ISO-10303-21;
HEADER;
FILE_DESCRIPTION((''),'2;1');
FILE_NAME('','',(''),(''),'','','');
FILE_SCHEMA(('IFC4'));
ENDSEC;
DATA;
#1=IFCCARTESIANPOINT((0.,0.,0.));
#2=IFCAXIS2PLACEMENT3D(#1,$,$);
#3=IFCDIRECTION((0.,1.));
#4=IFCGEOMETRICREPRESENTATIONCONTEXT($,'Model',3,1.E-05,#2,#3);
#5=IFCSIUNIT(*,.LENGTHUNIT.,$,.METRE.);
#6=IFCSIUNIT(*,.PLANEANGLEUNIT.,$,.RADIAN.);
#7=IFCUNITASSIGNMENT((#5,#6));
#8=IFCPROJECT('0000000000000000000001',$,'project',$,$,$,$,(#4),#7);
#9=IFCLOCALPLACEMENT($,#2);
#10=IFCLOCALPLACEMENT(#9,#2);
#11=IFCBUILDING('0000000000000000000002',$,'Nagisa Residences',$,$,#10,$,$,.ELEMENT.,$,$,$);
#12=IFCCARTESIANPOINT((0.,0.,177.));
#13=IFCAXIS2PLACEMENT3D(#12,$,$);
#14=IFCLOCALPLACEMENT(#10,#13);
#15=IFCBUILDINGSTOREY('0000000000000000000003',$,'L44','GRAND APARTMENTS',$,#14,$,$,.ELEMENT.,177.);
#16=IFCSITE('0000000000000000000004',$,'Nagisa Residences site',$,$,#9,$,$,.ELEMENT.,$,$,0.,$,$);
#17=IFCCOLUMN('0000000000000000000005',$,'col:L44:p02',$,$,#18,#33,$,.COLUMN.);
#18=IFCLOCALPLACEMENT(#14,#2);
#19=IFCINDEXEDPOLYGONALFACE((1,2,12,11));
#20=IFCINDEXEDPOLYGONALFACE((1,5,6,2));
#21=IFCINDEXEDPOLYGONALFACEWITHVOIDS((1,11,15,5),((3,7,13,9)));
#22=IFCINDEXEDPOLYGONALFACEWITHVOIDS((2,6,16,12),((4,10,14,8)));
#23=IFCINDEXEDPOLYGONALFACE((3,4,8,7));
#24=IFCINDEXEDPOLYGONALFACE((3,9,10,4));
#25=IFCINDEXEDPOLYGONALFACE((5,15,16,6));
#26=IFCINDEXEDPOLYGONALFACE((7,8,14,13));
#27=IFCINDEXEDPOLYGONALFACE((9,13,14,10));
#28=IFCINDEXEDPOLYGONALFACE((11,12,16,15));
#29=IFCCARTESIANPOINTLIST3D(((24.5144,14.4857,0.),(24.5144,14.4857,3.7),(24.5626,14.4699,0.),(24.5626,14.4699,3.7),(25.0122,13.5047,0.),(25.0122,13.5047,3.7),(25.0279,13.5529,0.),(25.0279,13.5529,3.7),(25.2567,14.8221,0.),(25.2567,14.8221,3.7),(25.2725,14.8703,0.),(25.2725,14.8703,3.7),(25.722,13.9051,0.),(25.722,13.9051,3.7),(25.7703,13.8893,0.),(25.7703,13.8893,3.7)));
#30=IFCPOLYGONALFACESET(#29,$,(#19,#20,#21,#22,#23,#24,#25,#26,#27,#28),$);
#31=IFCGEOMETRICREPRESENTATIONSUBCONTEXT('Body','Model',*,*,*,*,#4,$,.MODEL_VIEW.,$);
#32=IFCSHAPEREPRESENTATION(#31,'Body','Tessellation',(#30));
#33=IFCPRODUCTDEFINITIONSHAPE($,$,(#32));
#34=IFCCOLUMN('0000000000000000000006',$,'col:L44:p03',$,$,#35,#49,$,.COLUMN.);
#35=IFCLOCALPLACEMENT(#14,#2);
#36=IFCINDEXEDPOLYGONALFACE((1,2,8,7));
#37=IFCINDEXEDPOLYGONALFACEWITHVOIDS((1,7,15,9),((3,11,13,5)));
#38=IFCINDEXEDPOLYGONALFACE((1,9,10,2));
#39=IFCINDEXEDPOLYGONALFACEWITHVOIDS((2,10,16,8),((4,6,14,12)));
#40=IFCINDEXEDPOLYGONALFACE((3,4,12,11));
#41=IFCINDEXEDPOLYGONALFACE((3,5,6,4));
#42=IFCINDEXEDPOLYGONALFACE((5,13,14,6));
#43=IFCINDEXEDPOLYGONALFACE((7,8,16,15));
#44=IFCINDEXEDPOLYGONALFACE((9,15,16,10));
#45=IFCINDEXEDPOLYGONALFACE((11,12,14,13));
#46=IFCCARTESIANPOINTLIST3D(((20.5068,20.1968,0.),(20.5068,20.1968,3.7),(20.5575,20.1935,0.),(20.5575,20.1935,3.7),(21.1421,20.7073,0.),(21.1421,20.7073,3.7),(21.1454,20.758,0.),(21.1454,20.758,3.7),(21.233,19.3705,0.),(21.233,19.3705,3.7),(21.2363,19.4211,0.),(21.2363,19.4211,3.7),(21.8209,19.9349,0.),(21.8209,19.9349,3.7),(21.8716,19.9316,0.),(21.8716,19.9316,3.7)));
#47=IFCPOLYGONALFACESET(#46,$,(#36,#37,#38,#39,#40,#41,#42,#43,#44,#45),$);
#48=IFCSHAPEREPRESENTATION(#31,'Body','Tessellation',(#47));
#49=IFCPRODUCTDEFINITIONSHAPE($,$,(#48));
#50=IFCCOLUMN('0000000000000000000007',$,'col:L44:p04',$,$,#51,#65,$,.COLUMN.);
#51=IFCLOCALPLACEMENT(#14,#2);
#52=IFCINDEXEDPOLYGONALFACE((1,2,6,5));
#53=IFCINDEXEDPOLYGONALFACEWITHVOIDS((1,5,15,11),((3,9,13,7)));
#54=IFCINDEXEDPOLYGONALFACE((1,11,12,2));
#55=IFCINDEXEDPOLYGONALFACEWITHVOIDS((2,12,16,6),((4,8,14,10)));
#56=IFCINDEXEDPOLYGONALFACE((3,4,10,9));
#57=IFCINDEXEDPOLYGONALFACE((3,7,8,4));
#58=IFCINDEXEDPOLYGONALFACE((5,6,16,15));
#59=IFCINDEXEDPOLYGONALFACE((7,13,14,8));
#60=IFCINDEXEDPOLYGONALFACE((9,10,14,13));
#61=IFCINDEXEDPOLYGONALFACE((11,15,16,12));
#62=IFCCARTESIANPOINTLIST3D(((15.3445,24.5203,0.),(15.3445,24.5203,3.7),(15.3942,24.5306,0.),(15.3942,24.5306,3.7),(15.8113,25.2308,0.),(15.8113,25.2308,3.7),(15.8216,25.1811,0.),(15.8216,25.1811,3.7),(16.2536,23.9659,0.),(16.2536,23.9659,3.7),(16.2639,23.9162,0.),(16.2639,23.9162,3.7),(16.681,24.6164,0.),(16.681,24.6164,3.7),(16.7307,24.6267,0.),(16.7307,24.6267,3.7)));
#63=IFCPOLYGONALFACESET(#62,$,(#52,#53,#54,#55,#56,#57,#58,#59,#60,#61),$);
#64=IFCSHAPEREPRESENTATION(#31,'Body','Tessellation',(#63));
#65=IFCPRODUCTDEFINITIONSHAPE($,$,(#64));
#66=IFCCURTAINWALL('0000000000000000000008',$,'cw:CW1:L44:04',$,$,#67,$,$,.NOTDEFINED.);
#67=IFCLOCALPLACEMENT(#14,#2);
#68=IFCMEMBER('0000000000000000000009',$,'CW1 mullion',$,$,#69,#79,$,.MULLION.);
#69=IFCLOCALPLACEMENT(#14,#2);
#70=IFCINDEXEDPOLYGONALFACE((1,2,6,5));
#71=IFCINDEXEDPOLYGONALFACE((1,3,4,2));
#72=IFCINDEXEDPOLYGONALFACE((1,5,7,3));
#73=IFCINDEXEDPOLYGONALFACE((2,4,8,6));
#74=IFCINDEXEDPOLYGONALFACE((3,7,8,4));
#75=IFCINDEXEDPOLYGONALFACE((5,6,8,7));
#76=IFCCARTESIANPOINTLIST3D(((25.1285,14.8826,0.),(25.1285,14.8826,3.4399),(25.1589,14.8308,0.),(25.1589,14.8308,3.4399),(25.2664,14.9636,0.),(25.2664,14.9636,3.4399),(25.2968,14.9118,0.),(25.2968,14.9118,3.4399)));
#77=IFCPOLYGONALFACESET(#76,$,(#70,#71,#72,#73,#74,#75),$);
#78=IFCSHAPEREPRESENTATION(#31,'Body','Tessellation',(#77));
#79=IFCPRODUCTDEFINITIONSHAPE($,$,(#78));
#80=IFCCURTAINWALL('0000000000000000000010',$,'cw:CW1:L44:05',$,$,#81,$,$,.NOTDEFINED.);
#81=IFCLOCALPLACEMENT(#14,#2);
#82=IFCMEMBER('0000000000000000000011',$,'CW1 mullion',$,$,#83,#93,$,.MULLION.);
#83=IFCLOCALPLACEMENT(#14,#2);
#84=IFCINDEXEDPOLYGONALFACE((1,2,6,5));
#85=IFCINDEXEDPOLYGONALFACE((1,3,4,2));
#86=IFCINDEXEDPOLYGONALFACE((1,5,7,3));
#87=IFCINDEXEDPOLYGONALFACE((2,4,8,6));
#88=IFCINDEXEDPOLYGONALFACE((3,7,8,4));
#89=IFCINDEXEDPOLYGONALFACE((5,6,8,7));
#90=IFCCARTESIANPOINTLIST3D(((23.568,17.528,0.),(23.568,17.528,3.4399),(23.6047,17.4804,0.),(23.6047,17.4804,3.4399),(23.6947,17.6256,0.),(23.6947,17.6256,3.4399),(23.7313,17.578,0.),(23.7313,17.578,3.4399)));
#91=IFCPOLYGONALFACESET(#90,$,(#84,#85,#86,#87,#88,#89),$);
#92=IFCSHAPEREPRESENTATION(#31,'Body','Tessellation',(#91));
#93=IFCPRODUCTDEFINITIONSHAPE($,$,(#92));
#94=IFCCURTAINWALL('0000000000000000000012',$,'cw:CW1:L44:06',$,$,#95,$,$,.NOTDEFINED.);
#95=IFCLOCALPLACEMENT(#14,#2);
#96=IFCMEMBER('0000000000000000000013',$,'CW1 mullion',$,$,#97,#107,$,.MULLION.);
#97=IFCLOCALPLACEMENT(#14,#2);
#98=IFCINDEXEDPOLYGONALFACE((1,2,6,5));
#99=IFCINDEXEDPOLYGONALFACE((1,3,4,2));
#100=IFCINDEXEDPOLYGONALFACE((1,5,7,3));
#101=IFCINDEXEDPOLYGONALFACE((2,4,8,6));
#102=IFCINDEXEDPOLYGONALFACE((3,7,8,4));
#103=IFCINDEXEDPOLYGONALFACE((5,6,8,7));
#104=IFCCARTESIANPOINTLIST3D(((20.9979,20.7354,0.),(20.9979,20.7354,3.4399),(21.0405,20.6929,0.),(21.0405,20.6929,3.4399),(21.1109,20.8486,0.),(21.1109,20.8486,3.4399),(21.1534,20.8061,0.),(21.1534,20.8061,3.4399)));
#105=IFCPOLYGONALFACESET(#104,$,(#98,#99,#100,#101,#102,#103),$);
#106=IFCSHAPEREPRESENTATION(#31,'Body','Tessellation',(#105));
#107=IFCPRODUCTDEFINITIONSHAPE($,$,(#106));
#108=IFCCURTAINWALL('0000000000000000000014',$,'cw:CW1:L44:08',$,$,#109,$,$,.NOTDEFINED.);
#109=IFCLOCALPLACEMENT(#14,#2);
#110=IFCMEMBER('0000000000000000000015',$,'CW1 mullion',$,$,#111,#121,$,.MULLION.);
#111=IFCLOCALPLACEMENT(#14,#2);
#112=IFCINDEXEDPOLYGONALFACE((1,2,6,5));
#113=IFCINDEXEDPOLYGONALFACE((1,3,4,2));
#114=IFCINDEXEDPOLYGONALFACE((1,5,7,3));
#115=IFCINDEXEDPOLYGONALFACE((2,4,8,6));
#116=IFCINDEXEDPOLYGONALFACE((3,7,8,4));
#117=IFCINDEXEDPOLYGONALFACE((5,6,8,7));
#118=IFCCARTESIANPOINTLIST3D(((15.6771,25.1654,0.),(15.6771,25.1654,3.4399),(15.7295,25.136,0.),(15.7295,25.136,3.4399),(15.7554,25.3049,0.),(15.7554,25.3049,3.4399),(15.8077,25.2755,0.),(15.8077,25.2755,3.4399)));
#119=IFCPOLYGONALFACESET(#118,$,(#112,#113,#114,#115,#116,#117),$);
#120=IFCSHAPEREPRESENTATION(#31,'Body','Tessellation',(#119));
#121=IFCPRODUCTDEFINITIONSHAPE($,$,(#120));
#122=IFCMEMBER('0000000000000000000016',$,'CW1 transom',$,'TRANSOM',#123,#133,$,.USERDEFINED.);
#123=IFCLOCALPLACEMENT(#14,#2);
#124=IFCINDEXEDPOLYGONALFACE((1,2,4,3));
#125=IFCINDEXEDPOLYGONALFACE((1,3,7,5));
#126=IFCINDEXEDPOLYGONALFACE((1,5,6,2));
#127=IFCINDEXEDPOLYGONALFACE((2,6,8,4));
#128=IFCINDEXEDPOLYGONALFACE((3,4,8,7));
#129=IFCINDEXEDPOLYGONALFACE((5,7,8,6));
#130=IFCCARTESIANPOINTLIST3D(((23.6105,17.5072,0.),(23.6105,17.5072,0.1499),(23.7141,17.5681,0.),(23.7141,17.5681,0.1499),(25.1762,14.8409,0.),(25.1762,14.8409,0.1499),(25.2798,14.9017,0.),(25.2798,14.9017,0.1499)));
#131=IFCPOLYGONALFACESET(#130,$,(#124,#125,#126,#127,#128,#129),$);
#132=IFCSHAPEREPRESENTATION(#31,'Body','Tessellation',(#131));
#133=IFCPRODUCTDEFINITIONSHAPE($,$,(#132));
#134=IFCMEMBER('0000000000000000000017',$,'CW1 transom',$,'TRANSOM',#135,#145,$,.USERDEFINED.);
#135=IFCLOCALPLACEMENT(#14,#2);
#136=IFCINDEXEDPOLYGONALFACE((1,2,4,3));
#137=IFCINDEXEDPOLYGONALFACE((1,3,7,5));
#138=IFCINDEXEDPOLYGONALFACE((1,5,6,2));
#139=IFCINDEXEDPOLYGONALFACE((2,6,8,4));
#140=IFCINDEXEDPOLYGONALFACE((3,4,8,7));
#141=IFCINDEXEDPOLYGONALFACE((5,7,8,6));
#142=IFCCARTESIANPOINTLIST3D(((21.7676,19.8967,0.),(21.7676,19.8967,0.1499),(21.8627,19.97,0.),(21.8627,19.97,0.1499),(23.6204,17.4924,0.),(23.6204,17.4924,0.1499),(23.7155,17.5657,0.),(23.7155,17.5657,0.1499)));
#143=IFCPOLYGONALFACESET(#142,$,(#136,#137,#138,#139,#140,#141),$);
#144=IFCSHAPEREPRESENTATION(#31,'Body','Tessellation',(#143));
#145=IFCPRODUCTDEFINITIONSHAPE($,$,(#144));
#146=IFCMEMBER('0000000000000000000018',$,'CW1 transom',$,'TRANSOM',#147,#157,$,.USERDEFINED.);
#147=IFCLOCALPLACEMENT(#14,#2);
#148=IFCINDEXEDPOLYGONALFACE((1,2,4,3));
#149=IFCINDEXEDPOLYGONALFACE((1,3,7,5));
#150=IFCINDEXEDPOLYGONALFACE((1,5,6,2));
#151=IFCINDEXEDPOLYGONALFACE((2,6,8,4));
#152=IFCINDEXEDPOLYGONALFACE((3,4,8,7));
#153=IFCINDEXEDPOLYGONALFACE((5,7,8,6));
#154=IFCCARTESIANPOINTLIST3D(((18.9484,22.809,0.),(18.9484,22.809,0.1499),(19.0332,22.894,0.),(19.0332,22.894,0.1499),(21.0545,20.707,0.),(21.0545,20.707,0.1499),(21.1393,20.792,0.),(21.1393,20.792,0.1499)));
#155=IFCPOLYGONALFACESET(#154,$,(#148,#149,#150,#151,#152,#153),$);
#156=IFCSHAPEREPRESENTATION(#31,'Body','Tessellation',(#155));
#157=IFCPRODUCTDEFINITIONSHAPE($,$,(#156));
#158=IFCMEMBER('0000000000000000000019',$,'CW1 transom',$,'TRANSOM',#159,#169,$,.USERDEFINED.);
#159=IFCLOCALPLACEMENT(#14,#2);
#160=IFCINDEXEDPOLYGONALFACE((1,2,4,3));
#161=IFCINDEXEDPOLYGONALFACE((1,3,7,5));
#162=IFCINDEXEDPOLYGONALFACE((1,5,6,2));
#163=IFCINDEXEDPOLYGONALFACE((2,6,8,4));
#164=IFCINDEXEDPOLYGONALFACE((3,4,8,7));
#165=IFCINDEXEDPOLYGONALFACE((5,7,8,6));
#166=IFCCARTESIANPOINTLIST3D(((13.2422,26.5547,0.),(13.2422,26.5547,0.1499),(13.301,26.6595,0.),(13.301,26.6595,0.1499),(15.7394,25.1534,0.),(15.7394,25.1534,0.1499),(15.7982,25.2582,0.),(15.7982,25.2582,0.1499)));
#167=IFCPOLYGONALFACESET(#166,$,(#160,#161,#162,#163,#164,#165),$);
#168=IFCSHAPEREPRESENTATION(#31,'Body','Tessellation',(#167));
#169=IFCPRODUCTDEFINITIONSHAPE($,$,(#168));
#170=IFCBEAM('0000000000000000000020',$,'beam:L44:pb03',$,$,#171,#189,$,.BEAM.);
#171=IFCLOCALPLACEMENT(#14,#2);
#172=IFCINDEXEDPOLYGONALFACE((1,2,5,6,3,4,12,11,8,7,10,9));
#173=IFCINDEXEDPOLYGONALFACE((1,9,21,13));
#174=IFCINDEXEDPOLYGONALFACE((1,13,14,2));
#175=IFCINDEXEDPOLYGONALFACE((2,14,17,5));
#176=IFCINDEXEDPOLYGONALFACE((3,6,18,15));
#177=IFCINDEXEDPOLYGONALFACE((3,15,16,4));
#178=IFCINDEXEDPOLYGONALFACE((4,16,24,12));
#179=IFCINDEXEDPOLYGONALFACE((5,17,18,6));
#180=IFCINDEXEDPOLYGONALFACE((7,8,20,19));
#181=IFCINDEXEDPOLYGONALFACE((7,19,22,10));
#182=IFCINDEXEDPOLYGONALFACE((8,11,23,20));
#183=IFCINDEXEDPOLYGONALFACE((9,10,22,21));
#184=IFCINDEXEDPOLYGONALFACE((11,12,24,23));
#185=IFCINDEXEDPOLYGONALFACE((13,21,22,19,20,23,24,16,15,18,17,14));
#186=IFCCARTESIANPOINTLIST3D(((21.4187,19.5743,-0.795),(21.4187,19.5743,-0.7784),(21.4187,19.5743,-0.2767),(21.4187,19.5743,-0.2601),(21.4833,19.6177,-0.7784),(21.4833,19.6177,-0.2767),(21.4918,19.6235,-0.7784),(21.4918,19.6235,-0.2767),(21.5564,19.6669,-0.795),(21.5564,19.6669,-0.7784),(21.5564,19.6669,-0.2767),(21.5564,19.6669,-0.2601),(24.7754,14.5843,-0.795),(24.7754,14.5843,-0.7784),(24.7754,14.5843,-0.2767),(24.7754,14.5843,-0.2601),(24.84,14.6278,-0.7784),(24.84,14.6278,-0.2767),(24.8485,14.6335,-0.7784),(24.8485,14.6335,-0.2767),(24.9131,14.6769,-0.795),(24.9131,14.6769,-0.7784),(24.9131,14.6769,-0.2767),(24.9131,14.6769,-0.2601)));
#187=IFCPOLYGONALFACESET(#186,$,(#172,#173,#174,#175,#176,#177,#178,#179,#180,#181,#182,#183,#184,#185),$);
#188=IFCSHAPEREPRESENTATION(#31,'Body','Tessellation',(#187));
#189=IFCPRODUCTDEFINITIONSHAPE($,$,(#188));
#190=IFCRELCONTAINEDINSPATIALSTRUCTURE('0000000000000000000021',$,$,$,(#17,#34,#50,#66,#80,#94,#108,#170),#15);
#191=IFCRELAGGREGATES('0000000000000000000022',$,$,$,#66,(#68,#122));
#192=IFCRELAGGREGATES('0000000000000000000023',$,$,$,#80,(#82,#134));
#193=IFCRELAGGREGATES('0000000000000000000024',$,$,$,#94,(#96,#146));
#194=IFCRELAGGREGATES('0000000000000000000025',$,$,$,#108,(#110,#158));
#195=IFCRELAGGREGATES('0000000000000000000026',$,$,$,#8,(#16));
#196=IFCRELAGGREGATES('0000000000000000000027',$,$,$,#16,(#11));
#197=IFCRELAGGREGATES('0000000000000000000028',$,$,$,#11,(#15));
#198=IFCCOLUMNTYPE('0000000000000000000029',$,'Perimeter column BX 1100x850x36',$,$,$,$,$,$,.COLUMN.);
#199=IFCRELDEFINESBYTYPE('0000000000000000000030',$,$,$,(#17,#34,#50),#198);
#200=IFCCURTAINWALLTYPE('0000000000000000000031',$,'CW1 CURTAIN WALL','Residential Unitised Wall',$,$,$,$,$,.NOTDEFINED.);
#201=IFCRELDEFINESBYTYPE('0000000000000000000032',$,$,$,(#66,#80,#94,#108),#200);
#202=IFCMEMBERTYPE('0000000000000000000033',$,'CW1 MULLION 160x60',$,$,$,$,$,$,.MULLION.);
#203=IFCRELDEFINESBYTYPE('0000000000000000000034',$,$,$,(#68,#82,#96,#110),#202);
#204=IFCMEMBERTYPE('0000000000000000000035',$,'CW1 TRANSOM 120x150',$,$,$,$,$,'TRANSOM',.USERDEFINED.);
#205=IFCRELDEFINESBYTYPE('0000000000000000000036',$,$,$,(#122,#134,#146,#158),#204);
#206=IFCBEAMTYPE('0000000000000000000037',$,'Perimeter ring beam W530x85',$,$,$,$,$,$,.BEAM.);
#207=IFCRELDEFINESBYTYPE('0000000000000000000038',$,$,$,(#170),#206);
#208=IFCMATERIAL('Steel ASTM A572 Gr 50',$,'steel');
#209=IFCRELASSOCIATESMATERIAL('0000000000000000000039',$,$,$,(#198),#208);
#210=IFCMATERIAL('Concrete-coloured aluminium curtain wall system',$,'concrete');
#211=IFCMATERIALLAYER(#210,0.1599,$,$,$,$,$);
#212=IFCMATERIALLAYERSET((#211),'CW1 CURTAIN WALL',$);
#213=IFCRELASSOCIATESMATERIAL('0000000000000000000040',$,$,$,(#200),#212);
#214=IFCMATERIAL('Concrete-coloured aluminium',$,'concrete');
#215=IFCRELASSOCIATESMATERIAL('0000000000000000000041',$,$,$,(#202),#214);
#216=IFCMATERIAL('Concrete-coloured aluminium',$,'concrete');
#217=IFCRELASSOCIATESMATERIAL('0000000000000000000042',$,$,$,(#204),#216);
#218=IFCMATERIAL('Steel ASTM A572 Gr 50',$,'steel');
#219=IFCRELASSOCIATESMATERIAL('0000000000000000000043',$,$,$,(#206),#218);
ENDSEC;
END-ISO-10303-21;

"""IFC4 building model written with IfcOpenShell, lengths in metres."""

from ifc_helpers import new_model, si_unit, direction, frame, origin, origin_2d, place, context, subcontext, project, spatial, rectangle, hollow_rectangle, i_section, extrude, material, layer, layer_set, material_profile, profile_set, type_object, element, aggregate, save


model = new_model("IFC4")

# Units and contexts
model_context = context("Model", 3, precision=1e-05, world=origin(), true_north=direction((0.0, 1.0)))
body_context = subcontext(model_context, "Body", "Model", "MODEL_VIEW")
ifc_project = project(units=[si_unit("LENGTHUNIT", "METRE"), si_unit("PLANEANGLEUNIT", "RADIAN")], contexts=[model_context])

# Site, building, storey
site_placement = place(None, origin())
site = spatial("IfcSite", under=ifc_project, at=site_placement, Name="Nagisa Residences site", CompositionType="ELEMENT", RefElevation=0.0)
building_placement = place(site_placement, origin())
building = spatial("IfcBuilding", under=site, at=building_placement, Name="Nagisa Residences", CompositionType="ELEMENT")
storey_placement = place(building_placement, frame((0.0, 0.0, 177.0)))
storey = spatial("IfcBuildingStorey", under=building, at=storey_placement, Name="L44", Description="GRAND APARTMENTS", CompositionType="ELEMENT", Elevation=177.0)

# Columns
ifc_material_1 = material(Name="Steel ASTM A572 Gr 50", Category="steel")
ifc_material_profile_1 = material_profile(ifc_material_1, hollow_rectangle(XDim=1.1001, YDim=0.8501, WallThickness=0.0359, at=origin_2d()), Name="BX 1100x850x36")
ifc_profile_set_1 = profile_set([ifc_material_profile_1], Name="Steel ASTM A572 Gr 50")
column_type = type_object("IfcColumnType", Name="Perimeter column BX 1100x850x36", PredefinedType="COLUMN", material=ifc_profile_set_1)
for number, where, z_axis, x_axis, name in (
    (1, (25.1423, 14.1875, 0.0), (0.0, 0.0, 1.0), (-0.452463, 0.891783, 0.0), "col:L44:p02"),
    (2, (21.1892, 20.0642, 0.0), (0.0, 0.0, 1.0), (-0.660115, 0.751165, 0.0), "col:L44:p03"),
    (3, (16.0376, 24.5735, 0.0), (0.0, 0.0, 1.0), (-0.835766, 0.549086, 0.0), "col:L44:p04"),
):
    element("IfcColumn", number, at=place(storey_placement, frame(where, z_axis=z_axis, x_axis=x_axis)), inside=storey, type_object=column_type, Name=name, PredefinedType="COLUMN", context=body_context, shape_type="SweptSolid", body=[
        extrude(hollow_rectangle(XDim=1.1001, YDim=0.8501, WallThickness=0.0359, at=origin_2d()), origin(), (0.0, 0.0, 1.0), 3.7),
    ])

# Curtain walls, members
ifc_material_2 = material(Name="Concrete-coloured aluminium curtain wall system", Category="concrete")
ifc_layer_1 = layer(ifc_material_2, 0.1599)
ifc_layer_set_1 = layer_set([ifc_layer_1], Name="CW1 CURTAIN WALL")
curtain_wall_type = type_object("IfcCurtainWallType", Name="CW1 CURTAIN WALL", Description="Residential Unitised Wall", PredefinedType="NOTDEFINED", material=ifc_layer_set_1)
curtain_wall_1_placement = place(storey_placement, origin())
curtain_wall_1 = element("IfcCurtainWall", 4, at=curtain_wall_1_placement, inside=storey, type_object=curtain_wall_type, Name="cw:CW1:L44:04", PredefinedType="NOTDEFINED")
ifc_material_3 = material(Name="Concrete-coloured aluminium", Category="concrete")
ifc_material_profile_2 = material_profile(ifc_material_3, rectangle(XDim=0.1599, YDim=0.0601, at=origin_2d()), Name="CW1 MULLION 160x60")
ifc_profile_set_2 = profile_set([ifc_material_profile_2], Name="Concrete-coloured aluminium")
member_type_1 = type_object("IfcMemberType", Name="CW1 MULLION 160x60", PredefinedType="MULLION", material=ifc_profile_set_2)
member_1_placement = place(storey_placement, frame((25.2126, 14.8972, 0.0), z_axis=(0.0, 0.0, 1.0), x_axis=(-0.862329, -0.506349, 0.0)))
member_1 = element("IfcMember", 5, at=member_1_placement, type_object=member_type_1, Name="CW1 mullion", PredefinedType="MULLION", context=body_context, shape_type="SweptSolid", body=[
    extrude(rectangle(XDim=0.1599, YDim=0.0601, at=origin_2d()), origin(), (0.0, 0.0, 1.0), 3.4399),
])
curtain_wall_2_placement = place(storey_placement, origin())
curtain_wall_2 = element("IfcCurtainWall", 6, at=curtain_wall_2_placement, inside=storey, type_object=curtain_wall_type, Name="cw:CW1:L44:05", PredefinedType="NOTDEFINED")
member_2_placement = place(storey_placement, frame((23.6497, 17.553, 0.0), z_axis=(0.0, 0.0, 1.0), x_axis=(-0.79207, -0.61043, 0.0)))
member_2 = element("IfcMember", 7, at=member_2_placement, type_object=member_type_1, Name="CW1 mullion", PredefinedType="MULLION", context=body_context, shape_type="SweptSolid", body=[
    extrude(rectangle(XDim=0.1599, YDim=0.0601, at=origin_2d()), origin(), (0.0, 0.0, 1.0), 3.4399),
])
curtain_wall_3_placement = place(storey_placement, origin())
curtain_wall_3 = element("IfcCurtainWall", 8, at=curtain_wall_3_placement, inside=storey, type_object=curtain_wall_type, Name="cw:CW1:L44:06", PredefinedType="NOTDEFINED")
member_3_placement = place(storey_placement, frame((21.0757, 20.7708, 0.0), z_axis=(0.0, 0.0, 1.0), x_axis=(-0.706377, -0.707836, 0.0)))
member_3 = element("IfcMember", 9, at=member_3_placement, type_object=member_type_1, Name="CW1 mullion", PredefinedType="MULLION", context=body_context, shape_type="SweptSolid", body=[
    extrude(rectangle(XDim=0.1599, YDim=0.0601, at=origin_2d()), origin(), (0.0, 0.0, 1.0), 3.4399),
])
curtain_wall_4_placement = place(storey_placement, origin())
curtain_wall_4 = element("IfcCurtainWall", 10, at=curtain_wall_4_placement, inside=storey, type_object=curtain_wall_type, Name="cw:CW1:L44:08", PredefinedType="NOTDEFINED")
member_4_placement = place(storey_placement, frame((15.7424, 25.2205, 0.0), z_axis=(0.0, 0.0, 1.0), x_axis=(-0.489377, -0.872072, 0.0)))
member_4 = element("IfcMember", 11, at=member_4_placement, type_object=member_type_1, Name="CW1 mullion", PredefinedType="MULLION", context=body_context, shape_type="SweptSolid", body=[
    extrude(rectangle(XDim=0.1599, YDim=0.0601, at=origin_2d()), origin(), (0.0, 0.0, 1.0), 3.4399),
])

# Members
ifc_material_4 = material(Name="Concrete-coloured aluminium", Category="concrete")
ifc_material_profile_3 = material_profile(ifc_material_4, rectangle(XDim=0.1201, YDim=0.1499, at=origin_2d()), Name="CW1 TRANSOM 120x150")
ifc_profile_set_3 = profile_set([ifc_material_profile_3], Name="Concrete-coloured aluminium")
member_type_2 = type_object("IfcMemberType", Name="CW1 TRANSOM 120x150", ElementType="TRANSOM", PredefinedType="USERDEFINED", material=ifc_profile_set_3)
member_5_placement = place(storey_placement, frame((25.228, 14.8713, 0.075), z_axis=(-0.506368, 0.862318, 0.0), x_axis=(-0.862318, -0.506368, 0.0)))
member_5 = element("IfcMember", 12, at=member_5_placement, type_object=member_type_2, Name="CW1 transom", ObjectType="TRANSOM", PredefinedType="USERDEFINED", context=body_context, shape_type="SweptSolid", body=[
    extrude(rectangle(XDim=0.1201, YDim=0.1499, at=origin_2d()), origin(), (0.0, 0.0, 1.0), 3.092),
])
member_6_placement = place(storey_placement, frame((23.668, 17.5291, 0.075), z_axis=(-0.610399, 0.792094, 0.0), x_axis=(-0.792094, -0.610399, 0.0)))
member_6 = element("IfcMember", 13, at=member_6_placement, type_object=member_type_2, Name="CW1 transom", ObjectType="TRANSOM", PredefinedType="USERDEFINED", context=body_context, shape_type="SweptSolid", body=[
    extrude(rectangle(XDim=0.1201, YDim=0.1499, at=origin_2d()), origin(), (0.0, 0.0, 1.0), 3.0354),
])
member_7_placement = place(storey_placement, frame((21.0969, 20.7495, 0.075), z_axis=(-0.707804, 0.706409, 0.0), x_axis=(-0.706409, -0.707804, 0.0)))
member_7 = element("IfcMember", 14, at=member_7_placement, type_object=member_type_2, Name="CW1 transom", ObjectType="TRANSOM", PredefinedType="USERDEFINED", context=body_context, shape_type="SweptSolid", body=[
    extrude(rectangle(XDim=0.1201, YDim=0.1499, at=origin_2d()), origin(), (0.0, 0.0, 1.0), 2.9756),
])
member_8_placement = place(storey_placement, frame((15.7688, 25.2058, 0.075), z_axis=(-0.872078, 0.489366, 0.0), x_axis=(-0.489366, -0.872078, 0.0)))
member_8 = element("IfcMember", 15, at=member_8_placement, type_object=member_type_2, Name="CW1 transom", ObjectType="TRANSOM", PredefinedType="USERDEFINED", context=body_context, shape_type="SweptSolid", body=[
    extrude(rectangle(XDim=0.1201, YDim=0.1499, at=origin_2d()), origin(), (0.0, 0.0, 1.0), 2.8635),
])

# Beam
ifc_material_5 = material(Name="Steel ASTM A572 Gr 50", Category="steel")
ifc_material_profile_4 = material_profile(ifc_material_5, i_section(OverallWidth=0.166, OverallDepth=0.5349, WebThickness=0.0103, FlangeThickness=0.0166, at=origin_2d()), Name="W530x85")
ifc_profile_set_4 = profile_set([ifc_material_profile_4], Name="Steel ASTM A572 Gr 50")
beam_type_1 = type_object("IfcBeamType", Name="Perimeter ring beam W530x85", PredefinedType="BEAM", material=ifc_profile_set_4)
beam_1_placement = place(storey_placement, frame((24.8442, 14.6306, -0.5276), z_axis=(-0.558152, 0.829739, 0.0), x_axis=(-0.829739, -0.558152, 0.0)))
element("IfcBeam", 16, at=beam_1_placement, inside=storey, type_object=beam_type_1, Name="beam:L44:pb03", PredefinedType="BEAM", context=body_context, shape_type="SweptSolid", body=[
    extrude(i_section(OverallWidth=0.166, OverallDepth=0.5349, WebThickness=0.0103, FlangeThickness=0.0166, at=origin_2d()), origin(), (0.0, 0.0, 1.0), 6.0139),
])

aggregate(curtain_wall_1, [member_1, member_5])
aggregate(curtain_wall_2, [member_2, member_6])
aggregate(curtain_wall_3, [member_3, member_7])
aggregate(curtain_wall_4, [member_4, member_8])

save(model, "model.ifc")
